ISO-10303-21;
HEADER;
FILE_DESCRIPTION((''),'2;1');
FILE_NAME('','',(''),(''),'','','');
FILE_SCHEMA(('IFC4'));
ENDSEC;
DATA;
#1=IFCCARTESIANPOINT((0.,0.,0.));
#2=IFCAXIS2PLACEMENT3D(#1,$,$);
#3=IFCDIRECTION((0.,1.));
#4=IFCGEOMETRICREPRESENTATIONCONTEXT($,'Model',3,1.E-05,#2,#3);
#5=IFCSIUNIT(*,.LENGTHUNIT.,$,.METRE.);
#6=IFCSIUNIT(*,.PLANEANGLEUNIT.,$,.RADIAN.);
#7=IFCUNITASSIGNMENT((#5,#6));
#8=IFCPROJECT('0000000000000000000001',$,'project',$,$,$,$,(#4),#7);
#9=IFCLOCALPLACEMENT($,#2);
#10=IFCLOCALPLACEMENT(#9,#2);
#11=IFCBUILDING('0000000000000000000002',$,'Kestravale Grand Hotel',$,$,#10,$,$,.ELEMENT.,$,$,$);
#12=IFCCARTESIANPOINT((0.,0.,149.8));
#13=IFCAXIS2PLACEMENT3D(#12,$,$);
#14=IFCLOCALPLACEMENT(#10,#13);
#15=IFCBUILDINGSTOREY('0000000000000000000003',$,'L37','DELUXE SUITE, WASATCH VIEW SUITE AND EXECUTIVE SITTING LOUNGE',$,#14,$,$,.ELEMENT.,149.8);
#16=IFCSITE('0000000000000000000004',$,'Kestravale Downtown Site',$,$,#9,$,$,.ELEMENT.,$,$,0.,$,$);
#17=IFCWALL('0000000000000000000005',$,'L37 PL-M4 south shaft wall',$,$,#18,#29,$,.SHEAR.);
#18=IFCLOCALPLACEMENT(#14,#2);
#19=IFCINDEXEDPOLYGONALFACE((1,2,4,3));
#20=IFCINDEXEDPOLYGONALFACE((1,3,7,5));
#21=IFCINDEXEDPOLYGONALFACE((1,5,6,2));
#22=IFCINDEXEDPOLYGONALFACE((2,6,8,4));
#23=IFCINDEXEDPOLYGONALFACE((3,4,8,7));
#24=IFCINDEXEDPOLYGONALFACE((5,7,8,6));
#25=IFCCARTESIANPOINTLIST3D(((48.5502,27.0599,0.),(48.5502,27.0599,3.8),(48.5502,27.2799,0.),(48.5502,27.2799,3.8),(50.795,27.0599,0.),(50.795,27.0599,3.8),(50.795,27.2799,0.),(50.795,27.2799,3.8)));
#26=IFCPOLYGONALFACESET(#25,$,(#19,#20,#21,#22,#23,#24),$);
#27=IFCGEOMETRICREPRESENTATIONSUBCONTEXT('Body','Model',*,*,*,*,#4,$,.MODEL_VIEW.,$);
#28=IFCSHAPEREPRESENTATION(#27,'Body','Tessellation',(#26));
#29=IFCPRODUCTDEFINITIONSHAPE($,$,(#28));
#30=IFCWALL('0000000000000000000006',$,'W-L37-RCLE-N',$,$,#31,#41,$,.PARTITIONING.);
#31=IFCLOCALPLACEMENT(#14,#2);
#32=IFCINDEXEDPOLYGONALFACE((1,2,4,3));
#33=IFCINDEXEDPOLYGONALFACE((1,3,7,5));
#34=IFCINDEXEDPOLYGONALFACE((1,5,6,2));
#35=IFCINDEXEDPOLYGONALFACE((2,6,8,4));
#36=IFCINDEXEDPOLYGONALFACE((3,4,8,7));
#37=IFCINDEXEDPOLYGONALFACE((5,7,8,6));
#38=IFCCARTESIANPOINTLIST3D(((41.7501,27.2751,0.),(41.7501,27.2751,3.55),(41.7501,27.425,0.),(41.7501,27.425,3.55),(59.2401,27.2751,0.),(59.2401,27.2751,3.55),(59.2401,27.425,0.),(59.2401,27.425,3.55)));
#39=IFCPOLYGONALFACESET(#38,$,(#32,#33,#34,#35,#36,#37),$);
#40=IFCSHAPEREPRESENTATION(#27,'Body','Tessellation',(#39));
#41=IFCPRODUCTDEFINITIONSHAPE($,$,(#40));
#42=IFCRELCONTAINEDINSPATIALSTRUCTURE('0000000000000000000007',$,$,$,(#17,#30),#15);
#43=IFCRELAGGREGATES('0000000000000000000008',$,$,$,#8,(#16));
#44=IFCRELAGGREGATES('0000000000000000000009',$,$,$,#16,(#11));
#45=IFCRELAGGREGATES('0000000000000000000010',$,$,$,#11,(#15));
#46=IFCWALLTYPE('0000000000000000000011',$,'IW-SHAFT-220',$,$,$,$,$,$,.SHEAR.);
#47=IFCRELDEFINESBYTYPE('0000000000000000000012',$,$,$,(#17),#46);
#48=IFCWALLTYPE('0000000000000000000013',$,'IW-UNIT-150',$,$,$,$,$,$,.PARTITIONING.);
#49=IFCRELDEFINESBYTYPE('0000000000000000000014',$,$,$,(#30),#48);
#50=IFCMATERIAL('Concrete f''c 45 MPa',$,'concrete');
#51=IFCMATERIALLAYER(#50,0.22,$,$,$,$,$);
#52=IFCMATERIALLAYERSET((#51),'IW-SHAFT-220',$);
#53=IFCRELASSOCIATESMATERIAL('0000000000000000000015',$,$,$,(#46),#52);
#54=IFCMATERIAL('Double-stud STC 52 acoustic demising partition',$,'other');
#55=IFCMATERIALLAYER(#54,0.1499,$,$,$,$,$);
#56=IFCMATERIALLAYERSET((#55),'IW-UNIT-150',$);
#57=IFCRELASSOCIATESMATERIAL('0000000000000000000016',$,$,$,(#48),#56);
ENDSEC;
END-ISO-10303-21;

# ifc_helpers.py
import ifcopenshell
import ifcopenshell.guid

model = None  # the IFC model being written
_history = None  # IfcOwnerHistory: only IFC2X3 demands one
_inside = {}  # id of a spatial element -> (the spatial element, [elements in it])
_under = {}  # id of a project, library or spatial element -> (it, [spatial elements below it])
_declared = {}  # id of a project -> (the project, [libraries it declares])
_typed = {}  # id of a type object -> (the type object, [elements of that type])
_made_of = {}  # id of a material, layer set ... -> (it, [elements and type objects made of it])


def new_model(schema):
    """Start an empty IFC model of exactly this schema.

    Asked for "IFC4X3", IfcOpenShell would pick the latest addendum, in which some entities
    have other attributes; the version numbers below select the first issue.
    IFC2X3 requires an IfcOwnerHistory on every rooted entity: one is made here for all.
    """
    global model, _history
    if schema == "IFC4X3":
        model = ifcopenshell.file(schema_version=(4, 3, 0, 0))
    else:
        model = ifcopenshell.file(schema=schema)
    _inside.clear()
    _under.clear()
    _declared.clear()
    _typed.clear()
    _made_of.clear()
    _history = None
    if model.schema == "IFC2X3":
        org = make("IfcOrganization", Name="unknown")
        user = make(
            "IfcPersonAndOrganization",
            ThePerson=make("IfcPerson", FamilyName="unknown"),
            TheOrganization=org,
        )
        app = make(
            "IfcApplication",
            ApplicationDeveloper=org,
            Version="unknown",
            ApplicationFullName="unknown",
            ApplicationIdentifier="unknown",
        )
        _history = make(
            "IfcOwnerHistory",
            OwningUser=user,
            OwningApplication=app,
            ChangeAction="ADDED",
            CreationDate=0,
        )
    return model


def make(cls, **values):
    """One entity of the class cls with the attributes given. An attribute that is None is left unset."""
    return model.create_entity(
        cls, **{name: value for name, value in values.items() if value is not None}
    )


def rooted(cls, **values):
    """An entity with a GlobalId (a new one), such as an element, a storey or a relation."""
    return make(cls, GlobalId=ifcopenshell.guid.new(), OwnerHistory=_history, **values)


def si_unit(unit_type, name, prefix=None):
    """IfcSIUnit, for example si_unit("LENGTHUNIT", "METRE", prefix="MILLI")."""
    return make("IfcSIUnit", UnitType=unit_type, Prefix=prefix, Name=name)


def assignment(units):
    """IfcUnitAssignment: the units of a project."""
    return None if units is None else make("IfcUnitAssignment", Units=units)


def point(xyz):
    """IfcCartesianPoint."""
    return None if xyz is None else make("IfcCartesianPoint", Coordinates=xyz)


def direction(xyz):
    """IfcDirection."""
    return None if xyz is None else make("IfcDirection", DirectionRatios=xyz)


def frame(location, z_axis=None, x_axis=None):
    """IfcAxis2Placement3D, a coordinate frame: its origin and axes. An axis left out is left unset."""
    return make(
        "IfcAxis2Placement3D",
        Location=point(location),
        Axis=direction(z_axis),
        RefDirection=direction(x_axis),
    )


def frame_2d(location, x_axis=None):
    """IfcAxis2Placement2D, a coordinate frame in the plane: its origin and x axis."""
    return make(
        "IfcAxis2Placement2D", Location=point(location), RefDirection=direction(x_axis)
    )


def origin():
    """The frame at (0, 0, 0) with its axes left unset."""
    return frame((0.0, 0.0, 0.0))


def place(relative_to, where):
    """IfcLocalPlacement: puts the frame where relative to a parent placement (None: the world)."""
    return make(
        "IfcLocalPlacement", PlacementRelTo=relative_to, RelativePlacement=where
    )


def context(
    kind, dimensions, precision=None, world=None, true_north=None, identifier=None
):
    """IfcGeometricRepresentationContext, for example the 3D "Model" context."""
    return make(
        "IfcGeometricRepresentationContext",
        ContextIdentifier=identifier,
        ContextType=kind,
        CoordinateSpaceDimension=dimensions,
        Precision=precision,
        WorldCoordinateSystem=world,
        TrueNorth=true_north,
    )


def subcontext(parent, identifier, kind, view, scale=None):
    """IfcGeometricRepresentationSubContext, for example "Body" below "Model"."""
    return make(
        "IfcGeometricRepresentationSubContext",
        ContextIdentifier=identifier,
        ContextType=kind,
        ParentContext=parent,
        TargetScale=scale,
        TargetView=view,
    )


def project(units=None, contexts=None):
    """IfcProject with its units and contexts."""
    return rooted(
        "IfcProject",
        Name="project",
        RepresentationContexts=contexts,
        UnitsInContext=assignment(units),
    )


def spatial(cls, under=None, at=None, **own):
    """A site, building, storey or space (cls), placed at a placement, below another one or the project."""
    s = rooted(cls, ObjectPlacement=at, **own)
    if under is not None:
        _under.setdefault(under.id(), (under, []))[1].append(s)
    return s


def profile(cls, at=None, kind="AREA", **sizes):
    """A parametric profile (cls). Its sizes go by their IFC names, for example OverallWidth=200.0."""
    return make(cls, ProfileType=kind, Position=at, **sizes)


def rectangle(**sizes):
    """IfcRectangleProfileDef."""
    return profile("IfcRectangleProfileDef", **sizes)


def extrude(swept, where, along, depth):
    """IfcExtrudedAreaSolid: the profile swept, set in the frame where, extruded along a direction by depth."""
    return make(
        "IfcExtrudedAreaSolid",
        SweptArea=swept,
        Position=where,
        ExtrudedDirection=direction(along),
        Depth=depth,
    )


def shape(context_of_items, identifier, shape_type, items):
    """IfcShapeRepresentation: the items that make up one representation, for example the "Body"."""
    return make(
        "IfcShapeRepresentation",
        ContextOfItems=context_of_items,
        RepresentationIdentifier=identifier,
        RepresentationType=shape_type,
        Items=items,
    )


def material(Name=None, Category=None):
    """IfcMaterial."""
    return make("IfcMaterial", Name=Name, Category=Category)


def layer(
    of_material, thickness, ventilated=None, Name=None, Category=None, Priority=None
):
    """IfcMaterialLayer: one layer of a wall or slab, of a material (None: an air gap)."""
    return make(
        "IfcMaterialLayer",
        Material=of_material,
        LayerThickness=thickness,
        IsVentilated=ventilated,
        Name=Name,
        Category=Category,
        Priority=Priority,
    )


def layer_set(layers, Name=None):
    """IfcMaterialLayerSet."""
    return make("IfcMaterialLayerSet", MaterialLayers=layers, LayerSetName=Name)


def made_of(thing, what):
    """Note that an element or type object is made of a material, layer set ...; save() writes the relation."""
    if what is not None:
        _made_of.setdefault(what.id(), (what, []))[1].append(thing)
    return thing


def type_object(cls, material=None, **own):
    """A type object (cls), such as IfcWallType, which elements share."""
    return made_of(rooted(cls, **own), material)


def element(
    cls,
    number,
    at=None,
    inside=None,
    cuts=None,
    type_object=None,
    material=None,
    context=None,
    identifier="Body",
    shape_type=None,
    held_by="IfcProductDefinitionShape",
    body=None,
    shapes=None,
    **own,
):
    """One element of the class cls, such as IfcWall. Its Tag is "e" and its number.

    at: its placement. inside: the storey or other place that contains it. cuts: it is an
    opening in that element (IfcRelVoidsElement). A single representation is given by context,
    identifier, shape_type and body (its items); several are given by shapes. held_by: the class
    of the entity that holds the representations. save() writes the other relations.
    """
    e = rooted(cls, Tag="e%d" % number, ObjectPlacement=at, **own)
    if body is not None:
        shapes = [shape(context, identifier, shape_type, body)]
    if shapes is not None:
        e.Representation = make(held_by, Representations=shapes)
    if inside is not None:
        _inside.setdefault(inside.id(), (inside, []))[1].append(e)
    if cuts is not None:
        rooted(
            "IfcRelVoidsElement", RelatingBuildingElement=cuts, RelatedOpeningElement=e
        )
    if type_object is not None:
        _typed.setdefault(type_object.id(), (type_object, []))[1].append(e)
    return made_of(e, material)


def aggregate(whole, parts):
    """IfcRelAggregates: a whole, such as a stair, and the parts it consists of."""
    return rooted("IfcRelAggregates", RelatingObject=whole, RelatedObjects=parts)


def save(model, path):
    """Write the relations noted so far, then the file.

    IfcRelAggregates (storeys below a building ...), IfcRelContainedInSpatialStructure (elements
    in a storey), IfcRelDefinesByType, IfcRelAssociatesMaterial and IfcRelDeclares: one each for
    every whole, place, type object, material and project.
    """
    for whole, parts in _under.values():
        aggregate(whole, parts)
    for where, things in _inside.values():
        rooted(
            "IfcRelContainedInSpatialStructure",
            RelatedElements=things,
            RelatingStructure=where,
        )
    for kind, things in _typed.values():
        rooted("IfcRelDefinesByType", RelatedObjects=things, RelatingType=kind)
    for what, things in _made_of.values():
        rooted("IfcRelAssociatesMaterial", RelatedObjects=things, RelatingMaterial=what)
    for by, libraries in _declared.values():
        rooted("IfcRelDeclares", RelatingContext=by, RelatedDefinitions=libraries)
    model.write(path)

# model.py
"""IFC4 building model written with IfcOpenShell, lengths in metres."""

from ifc_helpers import new_model, si_unit, direction, frame, frame_2d, origin, place, context, subcontext, project, spatial, rectangle, extrude, material, layer, layer_set, type_object, element, save


model = new_model("IFC4")

# Units and contexts
model_context = context("Model", 3, precision=1e-05, world=origin(), true_north=direction((0.0, 1.0)))
body_context = subcontext(model_context, "Body", "Model", "MODEL_VIEW")
ifc_project = project(units=[si_unit("LENGTHUNIT", "METRE"), si_unit("PLANEANGLEUNIT", "RADIAN")], contexts=[model_context])

# Site, building, storey
site_placement = place(None, origin())
site = spatial("IfcSite", under=ifc_project, at=site_placement, Name="Kestravale Downtown Site", CompositionType="ELEMENT", RefElevation=0.0)
building_placement = place(site_placement, origin())
building = spatial("IfcBuilding", under=site, at=building_placement, Name="Kestravale Grand Hotel", CompositionType="ELEMENT")
storey_placement = place(building_placement, frame((0.0, 0.0, 149.8)))
storey = spatial("IfcBuildingStorey", under=building, at=storey_placement, Name="L37", Description="DELUXE SUITE, WASATCH VIEW SUITE AND EXECUTIVE SITTING LOUNGE", CompositionType="ELEMENT", Elevation=149.8)

# Shared definitions
ifc_material_1 = material(Name="Concrete f'c 45 MPa", Category="concrete")
ifc_layer_1 = layer(ifc_material_1, 0.22)
ifc_layer_set_1 = layer_set([ifc_layer_1], Name="IW-SHAFT-220")
wall_type_1 = type_object("IfcWallType", Name="IW-SHAFT-220", PredefinedType="SHEAR", material=ifc_layer_set_1)

# Walls
wall_1_placement = place(storey_placement, frame((48.55, 27.1699, 0.0), z_axis=(0.0, 0.0, 1.0), x_axis=(1.0, 0.0, 0.0)))
element("IfcWall", 1, at=wall_1_placement, inside=storey, type_object=wall_type_1, Name="L37 PL-M4 south shaft wall", PredefinedType="SHEAR", context=body_context, shape_type="SweptSolid", body=[
    extrude(rectangle(XDim=2.2449, YDim=0.22, at=frame_2d((1.1226, 0.0))), origin(), (0.0, 0.0, 1.0), 3.8),
])
ifc_material_2 = material(Name="Double-stud STC 52 acoustic demising partition", Category="other")
ifc_layer_2 = layer(ifc_material_2, 0.1499)
ifc_layer_set_2 = layer_set([ifc_layer_2], Name="IW-UNIT-150")
wall_type_2 = type_object("IfcWallType", Name="IW-UNIT-150", PredefinedType="PARTITIONING", material=ifc_layer_set_2)
wall_2_placement = place(storey_placement, frame((41.75, 27.3501, 0.0), z_axis=(0.0, 0.0, 1.0), x_axis=(1.0, 0.0, 0.0)))
element("IfcWall", 2, at=wall_2_placement, inside=storey, type_object=wall_type_2, Name="W-L37-RCLE-N", PredefinedType="PARTITIONING", context=body_context, shape_type="SweptSolid", body=[
    extrude(rectangle(XDim=17.49, YDim=0.1499, at=frame_2d((8.7451, 0.0))), origin(), (0.0, 0.0, 1.0), 3.55),
])

save(model, "model.ifc")
